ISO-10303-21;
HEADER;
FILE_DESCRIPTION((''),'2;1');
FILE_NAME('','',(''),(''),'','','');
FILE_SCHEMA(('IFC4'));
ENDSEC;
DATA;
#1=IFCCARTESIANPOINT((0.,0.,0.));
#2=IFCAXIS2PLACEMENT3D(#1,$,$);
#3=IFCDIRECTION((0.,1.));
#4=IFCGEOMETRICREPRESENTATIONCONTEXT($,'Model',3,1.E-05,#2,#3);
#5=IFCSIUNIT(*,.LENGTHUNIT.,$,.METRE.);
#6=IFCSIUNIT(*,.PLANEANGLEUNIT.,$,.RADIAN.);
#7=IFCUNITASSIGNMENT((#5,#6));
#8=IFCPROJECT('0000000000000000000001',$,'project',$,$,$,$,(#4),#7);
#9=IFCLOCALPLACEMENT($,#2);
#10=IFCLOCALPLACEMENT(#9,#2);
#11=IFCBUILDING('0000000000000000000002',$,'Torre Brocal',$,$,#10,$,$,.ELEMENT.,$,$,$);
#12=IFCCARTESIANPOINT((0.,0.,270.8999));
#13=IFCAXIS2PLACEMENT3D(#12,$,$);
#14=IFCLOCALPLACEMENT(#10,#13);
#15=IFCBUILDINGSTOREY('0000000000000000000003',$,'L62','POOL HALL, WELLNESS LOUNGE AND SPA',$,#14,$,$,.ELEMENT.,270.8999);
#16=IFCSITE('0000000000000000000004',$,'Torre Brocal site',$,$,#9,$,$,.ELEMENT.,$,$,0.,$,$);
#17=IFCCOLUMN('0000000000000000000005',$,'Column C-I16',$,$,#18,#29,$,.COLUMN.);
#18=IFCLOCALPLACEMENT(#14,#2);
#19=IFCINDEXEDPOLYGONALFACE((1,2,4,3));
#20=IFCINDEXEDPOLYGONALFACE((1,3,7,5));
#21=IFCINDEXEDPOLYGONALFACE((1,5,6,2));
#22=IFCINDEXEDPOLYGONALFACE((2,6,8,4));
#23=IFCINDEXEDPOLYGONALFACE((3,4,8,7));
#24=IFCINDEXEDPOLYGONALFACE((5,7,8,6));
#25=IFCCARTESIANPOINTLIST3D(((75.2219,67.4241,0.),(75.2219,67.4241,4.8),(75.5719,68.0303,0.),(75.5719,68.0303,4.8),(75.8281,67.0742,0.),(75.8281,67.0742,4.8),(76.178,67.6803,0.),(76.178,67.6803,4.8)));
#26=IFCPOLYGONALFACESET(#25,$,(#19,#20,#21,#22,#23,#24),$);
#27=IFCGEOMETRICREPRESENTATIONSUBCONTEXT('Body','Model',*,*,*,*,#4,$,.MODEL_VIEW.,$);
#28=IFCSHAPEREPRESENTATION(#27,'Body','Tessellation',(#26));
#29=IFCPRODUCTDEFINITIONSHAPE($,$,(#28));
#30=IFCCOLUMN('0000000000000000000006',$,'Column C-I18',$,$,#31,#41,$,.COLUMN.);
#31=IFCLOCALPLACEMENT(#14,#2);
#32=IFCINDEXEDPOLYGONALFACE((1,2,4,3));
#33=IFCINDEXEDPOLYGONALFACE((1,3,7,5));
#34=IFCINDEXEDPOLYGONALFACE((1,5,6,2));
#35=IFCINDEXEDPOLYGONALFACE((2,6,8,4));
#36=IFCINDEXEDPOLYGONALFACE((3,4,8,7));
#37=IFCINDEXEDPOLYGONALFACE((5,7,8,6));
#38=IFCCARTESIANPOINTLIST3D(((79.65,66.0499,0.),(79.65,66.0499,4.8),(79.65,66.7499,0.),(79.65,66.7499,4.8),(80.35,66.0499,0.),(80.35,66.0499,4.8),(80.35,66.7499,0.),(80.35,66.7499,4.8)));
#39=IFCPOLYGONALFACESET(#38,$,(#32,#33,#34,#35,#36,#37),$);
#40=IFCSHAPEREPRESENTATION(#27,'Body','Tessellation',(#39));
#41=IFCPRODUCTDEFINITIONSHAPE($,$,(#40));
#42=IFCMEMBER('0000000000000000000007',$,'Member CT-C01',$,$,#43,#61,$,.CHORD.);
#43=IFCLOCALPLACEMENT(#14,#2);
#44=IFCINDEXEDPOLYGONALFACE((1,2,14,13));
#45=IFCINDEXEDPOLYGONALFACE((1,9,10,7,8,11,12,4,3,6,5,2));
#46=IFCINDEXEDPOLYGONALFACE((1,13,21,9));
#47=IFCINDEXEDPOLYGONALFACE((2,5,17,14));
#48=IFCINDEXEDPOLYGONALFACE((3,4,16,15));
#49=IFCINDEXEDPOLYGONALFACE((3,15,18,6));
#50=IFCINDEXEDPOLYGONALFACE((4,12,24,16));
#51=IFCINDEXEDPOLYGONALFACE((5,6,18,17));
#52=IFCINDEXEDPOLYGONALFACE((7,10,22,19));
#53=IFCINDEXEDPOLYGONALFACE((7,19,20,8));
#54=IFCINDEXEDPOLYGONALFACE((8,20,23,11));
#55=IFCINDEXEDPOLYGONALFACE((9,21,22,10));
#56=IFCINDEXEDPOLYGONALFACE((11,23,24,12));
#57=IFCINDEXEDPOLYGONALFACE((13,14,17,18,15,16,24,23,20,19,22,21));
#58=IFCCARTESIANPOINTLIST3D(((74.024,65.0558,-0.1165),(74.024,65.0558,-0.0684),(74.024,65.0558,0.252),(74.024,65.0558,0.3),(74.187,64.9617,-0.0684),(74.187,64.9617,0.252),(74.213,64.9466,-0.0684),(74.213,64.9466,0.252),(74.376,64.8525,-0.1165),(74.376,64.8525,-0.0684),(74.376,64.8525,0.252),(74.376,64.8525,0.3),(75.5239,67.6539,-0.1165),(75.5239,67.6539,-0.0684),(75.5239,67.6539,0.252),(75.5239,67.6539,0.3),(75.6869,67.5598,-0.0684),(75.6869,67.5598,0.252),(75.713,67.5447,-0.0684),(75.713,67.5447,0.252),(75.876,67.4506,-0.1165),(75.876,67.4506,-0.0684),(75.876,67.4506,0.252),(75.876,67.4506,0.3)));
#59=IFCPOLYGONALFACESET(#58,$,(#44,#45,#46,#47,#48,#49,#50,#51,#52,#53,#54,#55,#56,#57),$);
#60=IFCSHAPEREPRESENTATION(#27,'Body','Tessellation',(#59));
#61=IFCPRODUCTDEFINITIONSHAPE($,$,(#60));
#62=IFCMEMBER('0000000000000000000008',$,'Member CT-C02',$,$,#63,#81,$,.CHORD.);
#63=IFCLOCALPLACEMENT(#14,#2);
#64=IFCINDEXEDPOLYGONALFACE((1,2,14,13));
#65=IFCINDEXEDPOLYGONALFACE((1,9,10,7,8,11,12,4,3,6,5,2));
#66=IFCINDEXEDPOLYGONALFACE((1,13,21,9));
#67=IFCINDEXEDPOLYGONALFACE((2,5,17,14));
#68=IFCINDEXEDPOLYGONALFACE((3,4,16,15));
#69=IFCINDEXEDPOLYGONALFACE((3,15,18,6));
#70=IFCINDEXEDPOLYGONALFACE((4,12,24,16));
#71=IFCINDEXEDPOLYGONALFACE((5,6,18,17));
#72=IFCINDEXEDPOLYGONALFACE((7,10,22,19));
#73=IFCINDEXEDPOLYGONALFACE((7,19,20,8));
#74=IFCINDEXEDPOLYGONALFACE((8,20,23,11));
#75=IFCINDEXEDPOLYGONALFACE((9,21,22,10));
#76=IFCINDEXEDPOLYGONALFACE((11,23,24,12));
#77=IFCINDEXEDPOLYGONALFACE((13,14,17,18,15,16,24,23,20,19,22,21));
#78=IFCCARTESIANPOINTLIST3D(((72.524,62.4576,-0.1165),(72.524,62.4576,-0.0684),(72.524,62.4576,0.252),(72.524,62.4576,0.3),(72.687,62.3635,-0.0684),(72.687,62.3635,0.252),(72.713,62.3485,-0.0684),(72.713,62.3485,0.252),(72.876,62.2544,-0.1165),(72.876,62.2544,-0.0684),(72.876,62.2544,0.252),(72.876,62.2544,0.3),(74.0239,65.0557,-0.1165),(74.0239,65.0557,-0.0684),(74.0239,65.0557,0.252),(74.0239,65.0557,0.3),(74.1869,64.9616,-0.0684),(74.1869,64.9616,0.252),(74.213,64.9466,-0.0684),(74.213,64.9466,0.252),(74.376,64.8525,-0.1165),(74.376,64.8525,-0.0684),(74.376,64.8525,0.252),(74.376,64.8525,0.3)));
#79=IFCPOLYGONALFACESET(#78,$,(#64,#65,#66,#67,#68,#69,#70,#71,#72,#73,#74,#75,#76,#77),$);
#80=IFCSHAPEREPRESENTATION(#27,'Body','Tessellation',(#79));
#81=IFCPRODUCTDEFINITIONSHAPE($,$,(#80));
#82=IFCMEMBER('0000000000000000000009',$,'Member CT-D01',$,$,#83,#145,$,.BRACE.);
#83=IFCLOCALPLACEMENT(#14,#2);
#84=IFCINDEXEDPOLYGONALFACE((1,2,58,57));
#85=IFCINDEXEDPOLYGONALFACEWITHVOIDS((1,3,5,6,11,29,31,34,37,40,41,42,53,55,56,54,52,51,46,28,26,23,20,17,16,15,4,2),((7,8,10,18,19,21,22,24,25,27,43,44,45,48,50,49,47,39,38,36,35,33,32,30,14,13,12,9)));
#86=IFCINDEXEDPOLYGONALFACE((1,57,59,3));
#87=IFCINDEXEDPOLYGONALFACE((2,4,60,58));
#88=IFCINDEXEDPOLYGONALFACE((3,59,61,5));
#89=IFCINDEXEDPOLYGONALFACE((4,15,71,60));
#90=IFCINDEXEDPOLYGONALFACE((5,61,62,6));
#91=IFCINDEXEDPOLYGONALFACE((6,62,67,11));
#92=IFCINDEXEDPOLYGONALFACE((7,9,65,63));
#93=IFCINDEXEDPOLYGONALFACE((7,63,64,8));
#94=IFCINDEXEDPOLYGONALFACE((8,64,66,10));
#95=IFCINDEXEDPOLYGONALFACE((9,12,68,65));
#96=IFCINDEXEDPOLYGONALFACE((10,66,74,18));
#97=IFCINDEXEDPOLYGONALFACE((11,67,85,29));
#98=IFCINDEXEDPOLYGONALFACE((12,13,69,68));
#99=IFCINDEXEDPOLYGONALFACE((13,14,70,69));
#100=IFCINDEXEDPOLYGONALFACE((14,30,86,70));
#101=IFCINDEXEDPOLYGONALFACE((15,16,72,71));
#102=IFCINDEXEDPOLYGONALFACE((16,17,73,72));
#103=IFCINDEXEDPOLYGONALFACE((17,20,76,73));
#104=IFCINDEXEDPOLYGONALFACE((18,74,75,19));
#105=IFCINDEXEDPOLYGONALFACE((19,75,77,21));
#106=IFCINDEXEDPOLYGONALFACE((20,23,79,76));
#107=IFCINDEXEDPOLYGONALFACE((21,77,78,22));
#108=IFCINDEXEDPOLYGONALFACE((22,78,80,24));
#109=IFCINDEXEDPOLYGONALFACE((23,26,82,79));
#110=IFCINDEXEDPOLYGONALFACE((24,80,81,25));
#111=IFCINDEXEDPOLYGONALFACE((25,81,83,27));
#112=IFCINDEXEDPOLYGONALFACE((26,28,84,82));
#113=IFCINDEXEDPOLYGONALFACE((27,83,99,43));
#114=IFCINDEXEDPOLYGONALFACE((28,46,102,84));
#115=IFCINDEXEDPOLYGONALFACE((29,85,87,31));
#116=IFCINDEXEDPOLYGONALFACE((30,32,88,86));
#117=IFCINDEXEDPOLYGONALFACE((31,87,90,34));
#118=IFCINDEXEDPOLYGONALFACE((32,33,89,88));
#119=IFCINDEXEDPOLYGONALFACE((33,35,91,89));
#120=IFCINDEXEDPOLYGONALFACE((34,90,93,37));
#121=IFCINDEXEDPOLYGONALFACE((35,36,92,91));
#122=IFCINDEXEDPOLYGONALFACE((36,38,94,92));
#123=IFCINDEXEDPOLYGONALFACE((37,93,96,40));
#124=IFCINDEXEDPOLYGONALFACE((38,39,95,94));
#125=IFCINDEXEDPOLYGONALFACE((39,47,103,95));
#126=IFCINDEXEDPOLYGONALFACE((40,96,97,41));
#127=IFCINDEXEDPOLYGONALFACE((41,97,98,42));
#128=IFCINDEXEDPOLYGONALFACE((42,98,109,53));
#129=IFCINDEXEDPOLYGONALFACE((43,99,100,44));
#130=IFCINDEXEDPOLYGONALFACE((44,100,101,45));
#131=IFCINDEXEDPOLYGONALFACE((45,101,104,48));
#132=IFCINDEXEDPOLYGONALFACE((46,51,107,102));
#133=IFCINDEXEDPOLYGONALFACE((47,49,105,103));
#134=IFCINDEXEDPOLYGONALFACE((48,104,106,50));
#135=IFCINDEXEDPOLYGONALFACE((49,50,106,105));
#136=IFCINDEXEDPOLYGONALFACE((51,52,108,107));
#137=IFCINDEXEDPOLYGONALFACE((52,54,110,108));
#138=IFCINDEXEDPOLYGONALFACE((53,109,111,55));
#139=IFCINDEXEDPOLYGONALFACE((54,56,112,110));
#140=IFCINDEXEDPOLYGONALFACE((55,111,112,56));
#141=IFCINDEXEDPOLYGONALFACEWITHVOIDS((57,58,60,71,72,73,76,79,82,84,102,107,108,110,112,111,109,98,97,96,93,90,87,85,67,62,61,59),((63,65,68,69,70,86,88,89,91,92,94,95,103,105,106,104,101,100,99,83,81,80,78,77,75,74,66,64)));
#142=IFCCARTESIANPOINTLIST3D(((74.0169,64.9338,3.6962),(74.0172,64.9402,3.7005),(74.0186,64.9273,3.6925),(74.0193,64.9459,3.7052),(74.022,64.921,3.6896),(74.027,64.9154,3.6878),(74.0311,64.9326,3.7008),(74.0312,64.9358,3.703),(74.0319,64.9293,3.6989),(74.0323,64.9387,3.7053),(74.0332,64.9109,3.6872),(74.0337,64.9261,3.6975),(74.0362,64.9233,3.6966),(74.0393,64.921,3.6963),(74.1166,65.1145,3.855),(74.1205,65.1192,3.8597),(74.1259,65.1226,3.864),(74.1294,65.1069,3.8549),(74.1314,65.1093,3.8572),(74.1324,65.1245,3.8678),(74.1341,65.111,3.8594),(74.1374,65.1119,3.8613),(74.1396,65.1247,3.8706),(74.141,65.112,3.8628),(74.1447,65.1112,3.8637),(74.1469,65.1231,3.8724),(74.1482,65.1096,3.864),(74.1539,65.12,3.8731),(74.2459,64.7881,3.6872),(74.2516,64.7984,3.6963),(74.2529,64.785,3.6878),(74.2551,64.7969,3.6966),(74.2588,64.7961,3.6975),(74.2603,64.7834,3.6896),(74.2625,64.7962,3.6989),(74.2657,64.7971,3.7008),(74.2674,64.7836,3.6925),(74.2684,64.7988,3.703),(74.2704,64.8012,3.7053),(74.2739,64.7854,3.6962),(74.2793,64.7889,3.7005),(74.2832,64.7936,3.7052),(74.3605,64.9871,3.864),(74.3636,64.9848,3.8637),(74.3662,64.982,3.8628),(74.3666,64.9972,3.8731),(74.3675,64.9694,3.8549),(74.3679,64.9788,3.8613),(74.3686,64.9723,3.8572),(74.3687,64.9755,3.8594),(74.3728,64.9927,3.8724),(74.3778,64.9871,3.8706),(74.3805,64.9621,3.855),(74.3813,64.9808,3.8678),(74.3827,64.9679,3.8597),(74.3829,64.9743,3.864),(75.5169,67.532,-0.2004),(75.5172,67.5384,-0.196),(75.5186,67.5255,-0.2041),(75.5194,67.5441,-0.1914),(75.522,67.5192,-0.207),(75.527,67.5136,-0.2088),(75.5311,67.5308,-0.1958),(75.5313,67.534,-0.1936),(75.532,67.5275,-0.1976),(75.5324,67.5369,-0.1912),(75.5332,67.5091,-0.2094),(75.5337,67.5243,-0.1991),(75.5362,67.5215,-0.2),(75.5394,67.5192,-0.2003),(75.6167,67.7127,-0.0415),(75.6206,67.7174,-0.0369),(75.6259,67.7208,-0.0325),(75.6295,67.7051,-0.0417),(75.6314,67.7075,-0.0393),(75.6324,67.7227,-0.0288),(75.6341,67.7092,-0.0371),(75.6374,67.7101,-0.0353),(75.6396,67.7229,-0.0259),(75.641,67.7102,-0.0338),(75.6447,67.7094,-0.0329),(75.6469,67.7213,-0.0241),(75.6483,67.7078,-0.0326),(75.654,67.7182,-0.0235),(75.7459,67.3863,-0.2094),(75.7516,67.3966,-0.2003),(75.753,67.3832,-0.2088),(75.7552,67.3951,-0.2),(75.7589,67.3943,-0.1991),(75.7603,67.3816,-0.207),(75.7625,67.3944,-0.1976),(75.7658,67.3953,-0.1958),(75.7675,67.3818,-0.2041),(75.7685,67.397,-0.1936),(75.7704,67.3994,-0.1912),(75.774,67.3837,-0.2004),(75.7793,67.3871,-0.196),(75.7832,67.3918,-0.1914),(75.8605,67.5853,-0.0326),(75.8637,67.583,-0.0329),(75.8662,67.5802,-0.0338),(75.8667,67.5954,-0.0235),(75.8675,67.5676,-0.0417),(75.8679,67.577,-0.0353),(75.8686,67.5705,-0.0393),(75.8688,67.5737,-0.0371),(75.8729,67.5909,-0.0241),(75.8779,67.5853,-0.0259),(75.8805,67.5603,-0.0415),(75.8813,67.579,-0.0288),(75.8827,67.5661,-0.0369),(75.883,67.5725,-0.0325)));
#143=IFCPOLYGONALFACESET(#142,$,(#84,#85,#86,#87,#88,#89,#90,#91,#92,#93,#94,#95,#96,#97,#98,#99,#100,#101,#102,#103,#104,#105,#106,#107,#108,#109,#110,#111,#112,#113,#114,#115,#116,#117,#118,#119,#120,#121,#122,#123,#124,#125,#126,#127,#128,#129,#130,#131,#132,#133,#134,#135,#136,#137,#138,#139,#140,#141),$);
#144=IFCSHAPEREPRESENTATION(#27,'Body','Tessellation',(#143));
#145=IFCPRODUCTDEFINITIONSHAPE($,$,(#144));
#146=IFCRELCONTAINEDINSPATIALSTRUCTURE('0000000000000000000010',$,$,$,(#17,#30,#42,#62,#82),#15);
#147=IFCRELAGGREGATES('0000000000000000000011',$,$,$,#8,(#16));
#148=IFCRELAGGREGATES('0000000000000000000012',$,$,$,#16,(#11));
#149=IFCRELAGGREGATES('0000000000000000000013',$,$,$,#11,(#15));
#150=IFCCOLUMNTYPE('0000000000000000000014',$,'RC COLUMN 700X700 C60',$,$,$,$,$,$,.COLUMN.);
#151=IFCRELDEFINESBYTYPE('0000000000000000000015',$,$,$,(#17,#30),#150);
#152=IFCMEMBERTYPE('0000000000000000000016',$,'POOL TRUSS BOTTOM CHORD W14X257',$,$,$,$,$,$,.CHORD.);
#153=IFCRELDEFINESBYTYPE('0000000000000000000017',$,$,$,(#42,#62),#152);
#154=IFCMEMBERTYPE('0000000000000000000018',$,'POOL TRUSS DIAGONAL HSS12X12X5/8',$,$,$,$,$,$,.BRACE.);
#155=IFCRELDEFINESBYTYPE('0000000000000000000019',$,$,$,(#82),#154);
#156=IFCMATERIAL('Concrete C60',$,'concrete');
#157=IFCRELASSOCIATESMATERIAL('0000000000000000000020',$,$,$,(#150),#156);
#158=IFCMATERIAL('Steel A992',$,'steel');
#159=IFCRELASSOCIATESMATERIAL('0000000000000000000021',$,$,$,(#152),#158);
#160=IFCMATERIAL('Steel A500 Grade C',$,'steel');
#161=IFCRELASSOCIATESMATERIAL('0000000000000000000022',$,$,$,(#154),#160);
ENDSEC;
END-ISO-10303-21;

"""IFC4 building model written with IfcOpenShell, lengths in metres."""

from ifc_helpers import new_model, si_unit, direction, frame, origin, origin_2d, place, context, subcontext, project, spatial, rectangle, hollow_rectangle, i_section, extrude, material, material_profile, profile_set, type_object, element, save


model = new_model("IFC4")

# Units and contexts
model_context = context("Model", 3, precision=1e-05, world=origin(), true_north=direction((0.0, 1.0)))
body_context = subcontext(model_context, "Body", "Model", "MODEL_VIEW")
ifc_project = project(units=[si_unit("LENGTHUNIT", "METRE"), si_unit("PLANEANGLEUNIT", "RADIAN")], contexts=[model_context])

# Site, building, storey
site_placement = place(None, origin())
site = spatial("IfcSite", under=ifc_project, at=site_placement, Name="Torre Brocal site", CompositionType="ELEMENT", RefElevation=0.0)
building_placement = place(site_placement, origin())
building = spatial("IfcBuilding", under=site, at=building_placement, Name="Torre Brocal", CompositionType="ELEMENT")
storey_placement = place(building_placement, frame((0.0, 0.0, 270.8999)))
storey = spatial("IfcBuildingStorey", under=building, at=storey_placement, Name="L62", Description="POOL HALL, WELLNESS LOUNGE AND SPA", CompositionType="ELEMENT", Elevation=270.8999)

# Columns
ifc_material_1 = material(Name="Concrete C60", Category="concrete")
ifc_material_profile_1 = material_profile(ifc_material_1, rectangle(XDim=0.7, YDim=0.7, at=origin_2d()), Name="RC 700X700")
ifc_profile_set_1 = profile_set([ifc_material_profile_1], Name="Concrete C60")
column_type = type_object("IfcColumnType", Name="RC COLUMN 700X700 C60", PredefinedType="COLUMN", material=ifc_profile_set_1)
for number, where, z_axis, x_axis, name in (
    (1, (75.7, 67.5522, 0.0), (0.0, 0.0, 1.0), (-0.5, -0.866025, 0.0), "Column C-I16"),
    (2, (80.0, 66.3999, 0.0), (0.0, 0.0, 1.0), (0.0, -1.0, 0.0), "Column C-I18"),
):
    element("IfcColumn", number, at=place(storey_placement, frame(where, z_axis=z_axis, x_axis=x_axis)), inside=storey, type_object=column_type, Name=name, PredefinedType="COLUMN", context=body_context, shape_type="SweptSolid", body=[
        extrude(rectangle(XDim=0.7, YDim=0.7, at=origin_2d()), origin(), (0.0, 0.0, 1.0), 4.8),
    ])

# Members
ifc_material_2 = material(Name="Steel A992", Category="steel")
ifc_material_profile_2 = material_profile(ifc_material_2, i_section(OverallWidth=0.4065, OverallDepth=0.4165, WebThickness=0.03, FlangeThickness=0.0481, at=origin_2d()), Name="W14X257")
ifc_profile_set_2 = profile_set([ifc_material_profile_2], Name="Steel A992")
member_type_1 = type_object("IfcMemberType", Name="POOL TRUSS BOTTOM CHORD W14X257", PredefinedType="CHORD", material=ifc_profile_set_2)
for number, where, z_axis, x_axis, name in (
    (3, (75.7, 67.5522, 0.0918), (-0.49999, -0.866031, 0.0), (0.866031, -0.49999, 0.0), "Member CT-C01"),
    (4, (74.2, 64.9541, 0.0918), (-0.49999, -0.866031, 0.0), (0.866031, -0.49999, 0.0), "Member CT-C02"),
):
    element("IfcMember", number, at=place(storey_placement, frame(where, z_axis=z_axis, x_axis=x_axis)), inside=storey, type_object=member_type_1, Name=name, PredefinedType="CHORD", context=body_context, shape_type="SweptSolid", body=[
        extrude(i_section(OverallWidth=0.4065, OverallDepth=0.4165, WebThickness=0.03, FlangeThickness=0.0481, at=origin_2d()), origin(), (0.0, 0.0, 1.0), 3.0),
    ])
ifc_material_3 = material(Name="Steel A500 Grade C", Category="steel")
ifc_material_profile_3 = material_profile(ifc_material_3, hollow_rectangle(XDim=0.3047, YDim=0.3047, WallThickness=0.0149, InnerFilletRadius=0.0149, OuterFilletRadius=0.0295, at=origin_2d()), Name="HSS12X12X5/8")
ifc_profile_set_3 = profile_set([ifc_material_profile_3], Name="Steel A500 Grade C")
member_type_2 = type_object("IfcMemberType", Name="POOL TRUSS DIAGONAL HSS12X12X5/8", PredefinedType="BRACE", material=ifc_profile_set_3)
for number, where, z_axis, x_axis, name in (
    (5, (75.7, 67.5522, -0.1165), (-0.305026, -0.528334, 0.792352), (0.866031, -0.49999, 0.0), "Member CT-D01"),
):
    element("IfcMember", number, at=place(storey_placement, frame(where, z_axis=z_axis, x_axis=x_axis)), inside=storey, type_object=member_type_2, Name=name, PredefinedType="BRACE", context=body_context, shape_type="SweptSolid", body=[
        extrude(hollow_rectangle(XDim=0.3047, YDim=0.3047, WallThickness=0.0149, InnerFilletRadius=0.0149, OuterFilletRadius=0.0295, at=origin_2d()), origin(), (0.0, 0.0, 1.0), 4.9177),
    ])

save(model, "model.ifc")
